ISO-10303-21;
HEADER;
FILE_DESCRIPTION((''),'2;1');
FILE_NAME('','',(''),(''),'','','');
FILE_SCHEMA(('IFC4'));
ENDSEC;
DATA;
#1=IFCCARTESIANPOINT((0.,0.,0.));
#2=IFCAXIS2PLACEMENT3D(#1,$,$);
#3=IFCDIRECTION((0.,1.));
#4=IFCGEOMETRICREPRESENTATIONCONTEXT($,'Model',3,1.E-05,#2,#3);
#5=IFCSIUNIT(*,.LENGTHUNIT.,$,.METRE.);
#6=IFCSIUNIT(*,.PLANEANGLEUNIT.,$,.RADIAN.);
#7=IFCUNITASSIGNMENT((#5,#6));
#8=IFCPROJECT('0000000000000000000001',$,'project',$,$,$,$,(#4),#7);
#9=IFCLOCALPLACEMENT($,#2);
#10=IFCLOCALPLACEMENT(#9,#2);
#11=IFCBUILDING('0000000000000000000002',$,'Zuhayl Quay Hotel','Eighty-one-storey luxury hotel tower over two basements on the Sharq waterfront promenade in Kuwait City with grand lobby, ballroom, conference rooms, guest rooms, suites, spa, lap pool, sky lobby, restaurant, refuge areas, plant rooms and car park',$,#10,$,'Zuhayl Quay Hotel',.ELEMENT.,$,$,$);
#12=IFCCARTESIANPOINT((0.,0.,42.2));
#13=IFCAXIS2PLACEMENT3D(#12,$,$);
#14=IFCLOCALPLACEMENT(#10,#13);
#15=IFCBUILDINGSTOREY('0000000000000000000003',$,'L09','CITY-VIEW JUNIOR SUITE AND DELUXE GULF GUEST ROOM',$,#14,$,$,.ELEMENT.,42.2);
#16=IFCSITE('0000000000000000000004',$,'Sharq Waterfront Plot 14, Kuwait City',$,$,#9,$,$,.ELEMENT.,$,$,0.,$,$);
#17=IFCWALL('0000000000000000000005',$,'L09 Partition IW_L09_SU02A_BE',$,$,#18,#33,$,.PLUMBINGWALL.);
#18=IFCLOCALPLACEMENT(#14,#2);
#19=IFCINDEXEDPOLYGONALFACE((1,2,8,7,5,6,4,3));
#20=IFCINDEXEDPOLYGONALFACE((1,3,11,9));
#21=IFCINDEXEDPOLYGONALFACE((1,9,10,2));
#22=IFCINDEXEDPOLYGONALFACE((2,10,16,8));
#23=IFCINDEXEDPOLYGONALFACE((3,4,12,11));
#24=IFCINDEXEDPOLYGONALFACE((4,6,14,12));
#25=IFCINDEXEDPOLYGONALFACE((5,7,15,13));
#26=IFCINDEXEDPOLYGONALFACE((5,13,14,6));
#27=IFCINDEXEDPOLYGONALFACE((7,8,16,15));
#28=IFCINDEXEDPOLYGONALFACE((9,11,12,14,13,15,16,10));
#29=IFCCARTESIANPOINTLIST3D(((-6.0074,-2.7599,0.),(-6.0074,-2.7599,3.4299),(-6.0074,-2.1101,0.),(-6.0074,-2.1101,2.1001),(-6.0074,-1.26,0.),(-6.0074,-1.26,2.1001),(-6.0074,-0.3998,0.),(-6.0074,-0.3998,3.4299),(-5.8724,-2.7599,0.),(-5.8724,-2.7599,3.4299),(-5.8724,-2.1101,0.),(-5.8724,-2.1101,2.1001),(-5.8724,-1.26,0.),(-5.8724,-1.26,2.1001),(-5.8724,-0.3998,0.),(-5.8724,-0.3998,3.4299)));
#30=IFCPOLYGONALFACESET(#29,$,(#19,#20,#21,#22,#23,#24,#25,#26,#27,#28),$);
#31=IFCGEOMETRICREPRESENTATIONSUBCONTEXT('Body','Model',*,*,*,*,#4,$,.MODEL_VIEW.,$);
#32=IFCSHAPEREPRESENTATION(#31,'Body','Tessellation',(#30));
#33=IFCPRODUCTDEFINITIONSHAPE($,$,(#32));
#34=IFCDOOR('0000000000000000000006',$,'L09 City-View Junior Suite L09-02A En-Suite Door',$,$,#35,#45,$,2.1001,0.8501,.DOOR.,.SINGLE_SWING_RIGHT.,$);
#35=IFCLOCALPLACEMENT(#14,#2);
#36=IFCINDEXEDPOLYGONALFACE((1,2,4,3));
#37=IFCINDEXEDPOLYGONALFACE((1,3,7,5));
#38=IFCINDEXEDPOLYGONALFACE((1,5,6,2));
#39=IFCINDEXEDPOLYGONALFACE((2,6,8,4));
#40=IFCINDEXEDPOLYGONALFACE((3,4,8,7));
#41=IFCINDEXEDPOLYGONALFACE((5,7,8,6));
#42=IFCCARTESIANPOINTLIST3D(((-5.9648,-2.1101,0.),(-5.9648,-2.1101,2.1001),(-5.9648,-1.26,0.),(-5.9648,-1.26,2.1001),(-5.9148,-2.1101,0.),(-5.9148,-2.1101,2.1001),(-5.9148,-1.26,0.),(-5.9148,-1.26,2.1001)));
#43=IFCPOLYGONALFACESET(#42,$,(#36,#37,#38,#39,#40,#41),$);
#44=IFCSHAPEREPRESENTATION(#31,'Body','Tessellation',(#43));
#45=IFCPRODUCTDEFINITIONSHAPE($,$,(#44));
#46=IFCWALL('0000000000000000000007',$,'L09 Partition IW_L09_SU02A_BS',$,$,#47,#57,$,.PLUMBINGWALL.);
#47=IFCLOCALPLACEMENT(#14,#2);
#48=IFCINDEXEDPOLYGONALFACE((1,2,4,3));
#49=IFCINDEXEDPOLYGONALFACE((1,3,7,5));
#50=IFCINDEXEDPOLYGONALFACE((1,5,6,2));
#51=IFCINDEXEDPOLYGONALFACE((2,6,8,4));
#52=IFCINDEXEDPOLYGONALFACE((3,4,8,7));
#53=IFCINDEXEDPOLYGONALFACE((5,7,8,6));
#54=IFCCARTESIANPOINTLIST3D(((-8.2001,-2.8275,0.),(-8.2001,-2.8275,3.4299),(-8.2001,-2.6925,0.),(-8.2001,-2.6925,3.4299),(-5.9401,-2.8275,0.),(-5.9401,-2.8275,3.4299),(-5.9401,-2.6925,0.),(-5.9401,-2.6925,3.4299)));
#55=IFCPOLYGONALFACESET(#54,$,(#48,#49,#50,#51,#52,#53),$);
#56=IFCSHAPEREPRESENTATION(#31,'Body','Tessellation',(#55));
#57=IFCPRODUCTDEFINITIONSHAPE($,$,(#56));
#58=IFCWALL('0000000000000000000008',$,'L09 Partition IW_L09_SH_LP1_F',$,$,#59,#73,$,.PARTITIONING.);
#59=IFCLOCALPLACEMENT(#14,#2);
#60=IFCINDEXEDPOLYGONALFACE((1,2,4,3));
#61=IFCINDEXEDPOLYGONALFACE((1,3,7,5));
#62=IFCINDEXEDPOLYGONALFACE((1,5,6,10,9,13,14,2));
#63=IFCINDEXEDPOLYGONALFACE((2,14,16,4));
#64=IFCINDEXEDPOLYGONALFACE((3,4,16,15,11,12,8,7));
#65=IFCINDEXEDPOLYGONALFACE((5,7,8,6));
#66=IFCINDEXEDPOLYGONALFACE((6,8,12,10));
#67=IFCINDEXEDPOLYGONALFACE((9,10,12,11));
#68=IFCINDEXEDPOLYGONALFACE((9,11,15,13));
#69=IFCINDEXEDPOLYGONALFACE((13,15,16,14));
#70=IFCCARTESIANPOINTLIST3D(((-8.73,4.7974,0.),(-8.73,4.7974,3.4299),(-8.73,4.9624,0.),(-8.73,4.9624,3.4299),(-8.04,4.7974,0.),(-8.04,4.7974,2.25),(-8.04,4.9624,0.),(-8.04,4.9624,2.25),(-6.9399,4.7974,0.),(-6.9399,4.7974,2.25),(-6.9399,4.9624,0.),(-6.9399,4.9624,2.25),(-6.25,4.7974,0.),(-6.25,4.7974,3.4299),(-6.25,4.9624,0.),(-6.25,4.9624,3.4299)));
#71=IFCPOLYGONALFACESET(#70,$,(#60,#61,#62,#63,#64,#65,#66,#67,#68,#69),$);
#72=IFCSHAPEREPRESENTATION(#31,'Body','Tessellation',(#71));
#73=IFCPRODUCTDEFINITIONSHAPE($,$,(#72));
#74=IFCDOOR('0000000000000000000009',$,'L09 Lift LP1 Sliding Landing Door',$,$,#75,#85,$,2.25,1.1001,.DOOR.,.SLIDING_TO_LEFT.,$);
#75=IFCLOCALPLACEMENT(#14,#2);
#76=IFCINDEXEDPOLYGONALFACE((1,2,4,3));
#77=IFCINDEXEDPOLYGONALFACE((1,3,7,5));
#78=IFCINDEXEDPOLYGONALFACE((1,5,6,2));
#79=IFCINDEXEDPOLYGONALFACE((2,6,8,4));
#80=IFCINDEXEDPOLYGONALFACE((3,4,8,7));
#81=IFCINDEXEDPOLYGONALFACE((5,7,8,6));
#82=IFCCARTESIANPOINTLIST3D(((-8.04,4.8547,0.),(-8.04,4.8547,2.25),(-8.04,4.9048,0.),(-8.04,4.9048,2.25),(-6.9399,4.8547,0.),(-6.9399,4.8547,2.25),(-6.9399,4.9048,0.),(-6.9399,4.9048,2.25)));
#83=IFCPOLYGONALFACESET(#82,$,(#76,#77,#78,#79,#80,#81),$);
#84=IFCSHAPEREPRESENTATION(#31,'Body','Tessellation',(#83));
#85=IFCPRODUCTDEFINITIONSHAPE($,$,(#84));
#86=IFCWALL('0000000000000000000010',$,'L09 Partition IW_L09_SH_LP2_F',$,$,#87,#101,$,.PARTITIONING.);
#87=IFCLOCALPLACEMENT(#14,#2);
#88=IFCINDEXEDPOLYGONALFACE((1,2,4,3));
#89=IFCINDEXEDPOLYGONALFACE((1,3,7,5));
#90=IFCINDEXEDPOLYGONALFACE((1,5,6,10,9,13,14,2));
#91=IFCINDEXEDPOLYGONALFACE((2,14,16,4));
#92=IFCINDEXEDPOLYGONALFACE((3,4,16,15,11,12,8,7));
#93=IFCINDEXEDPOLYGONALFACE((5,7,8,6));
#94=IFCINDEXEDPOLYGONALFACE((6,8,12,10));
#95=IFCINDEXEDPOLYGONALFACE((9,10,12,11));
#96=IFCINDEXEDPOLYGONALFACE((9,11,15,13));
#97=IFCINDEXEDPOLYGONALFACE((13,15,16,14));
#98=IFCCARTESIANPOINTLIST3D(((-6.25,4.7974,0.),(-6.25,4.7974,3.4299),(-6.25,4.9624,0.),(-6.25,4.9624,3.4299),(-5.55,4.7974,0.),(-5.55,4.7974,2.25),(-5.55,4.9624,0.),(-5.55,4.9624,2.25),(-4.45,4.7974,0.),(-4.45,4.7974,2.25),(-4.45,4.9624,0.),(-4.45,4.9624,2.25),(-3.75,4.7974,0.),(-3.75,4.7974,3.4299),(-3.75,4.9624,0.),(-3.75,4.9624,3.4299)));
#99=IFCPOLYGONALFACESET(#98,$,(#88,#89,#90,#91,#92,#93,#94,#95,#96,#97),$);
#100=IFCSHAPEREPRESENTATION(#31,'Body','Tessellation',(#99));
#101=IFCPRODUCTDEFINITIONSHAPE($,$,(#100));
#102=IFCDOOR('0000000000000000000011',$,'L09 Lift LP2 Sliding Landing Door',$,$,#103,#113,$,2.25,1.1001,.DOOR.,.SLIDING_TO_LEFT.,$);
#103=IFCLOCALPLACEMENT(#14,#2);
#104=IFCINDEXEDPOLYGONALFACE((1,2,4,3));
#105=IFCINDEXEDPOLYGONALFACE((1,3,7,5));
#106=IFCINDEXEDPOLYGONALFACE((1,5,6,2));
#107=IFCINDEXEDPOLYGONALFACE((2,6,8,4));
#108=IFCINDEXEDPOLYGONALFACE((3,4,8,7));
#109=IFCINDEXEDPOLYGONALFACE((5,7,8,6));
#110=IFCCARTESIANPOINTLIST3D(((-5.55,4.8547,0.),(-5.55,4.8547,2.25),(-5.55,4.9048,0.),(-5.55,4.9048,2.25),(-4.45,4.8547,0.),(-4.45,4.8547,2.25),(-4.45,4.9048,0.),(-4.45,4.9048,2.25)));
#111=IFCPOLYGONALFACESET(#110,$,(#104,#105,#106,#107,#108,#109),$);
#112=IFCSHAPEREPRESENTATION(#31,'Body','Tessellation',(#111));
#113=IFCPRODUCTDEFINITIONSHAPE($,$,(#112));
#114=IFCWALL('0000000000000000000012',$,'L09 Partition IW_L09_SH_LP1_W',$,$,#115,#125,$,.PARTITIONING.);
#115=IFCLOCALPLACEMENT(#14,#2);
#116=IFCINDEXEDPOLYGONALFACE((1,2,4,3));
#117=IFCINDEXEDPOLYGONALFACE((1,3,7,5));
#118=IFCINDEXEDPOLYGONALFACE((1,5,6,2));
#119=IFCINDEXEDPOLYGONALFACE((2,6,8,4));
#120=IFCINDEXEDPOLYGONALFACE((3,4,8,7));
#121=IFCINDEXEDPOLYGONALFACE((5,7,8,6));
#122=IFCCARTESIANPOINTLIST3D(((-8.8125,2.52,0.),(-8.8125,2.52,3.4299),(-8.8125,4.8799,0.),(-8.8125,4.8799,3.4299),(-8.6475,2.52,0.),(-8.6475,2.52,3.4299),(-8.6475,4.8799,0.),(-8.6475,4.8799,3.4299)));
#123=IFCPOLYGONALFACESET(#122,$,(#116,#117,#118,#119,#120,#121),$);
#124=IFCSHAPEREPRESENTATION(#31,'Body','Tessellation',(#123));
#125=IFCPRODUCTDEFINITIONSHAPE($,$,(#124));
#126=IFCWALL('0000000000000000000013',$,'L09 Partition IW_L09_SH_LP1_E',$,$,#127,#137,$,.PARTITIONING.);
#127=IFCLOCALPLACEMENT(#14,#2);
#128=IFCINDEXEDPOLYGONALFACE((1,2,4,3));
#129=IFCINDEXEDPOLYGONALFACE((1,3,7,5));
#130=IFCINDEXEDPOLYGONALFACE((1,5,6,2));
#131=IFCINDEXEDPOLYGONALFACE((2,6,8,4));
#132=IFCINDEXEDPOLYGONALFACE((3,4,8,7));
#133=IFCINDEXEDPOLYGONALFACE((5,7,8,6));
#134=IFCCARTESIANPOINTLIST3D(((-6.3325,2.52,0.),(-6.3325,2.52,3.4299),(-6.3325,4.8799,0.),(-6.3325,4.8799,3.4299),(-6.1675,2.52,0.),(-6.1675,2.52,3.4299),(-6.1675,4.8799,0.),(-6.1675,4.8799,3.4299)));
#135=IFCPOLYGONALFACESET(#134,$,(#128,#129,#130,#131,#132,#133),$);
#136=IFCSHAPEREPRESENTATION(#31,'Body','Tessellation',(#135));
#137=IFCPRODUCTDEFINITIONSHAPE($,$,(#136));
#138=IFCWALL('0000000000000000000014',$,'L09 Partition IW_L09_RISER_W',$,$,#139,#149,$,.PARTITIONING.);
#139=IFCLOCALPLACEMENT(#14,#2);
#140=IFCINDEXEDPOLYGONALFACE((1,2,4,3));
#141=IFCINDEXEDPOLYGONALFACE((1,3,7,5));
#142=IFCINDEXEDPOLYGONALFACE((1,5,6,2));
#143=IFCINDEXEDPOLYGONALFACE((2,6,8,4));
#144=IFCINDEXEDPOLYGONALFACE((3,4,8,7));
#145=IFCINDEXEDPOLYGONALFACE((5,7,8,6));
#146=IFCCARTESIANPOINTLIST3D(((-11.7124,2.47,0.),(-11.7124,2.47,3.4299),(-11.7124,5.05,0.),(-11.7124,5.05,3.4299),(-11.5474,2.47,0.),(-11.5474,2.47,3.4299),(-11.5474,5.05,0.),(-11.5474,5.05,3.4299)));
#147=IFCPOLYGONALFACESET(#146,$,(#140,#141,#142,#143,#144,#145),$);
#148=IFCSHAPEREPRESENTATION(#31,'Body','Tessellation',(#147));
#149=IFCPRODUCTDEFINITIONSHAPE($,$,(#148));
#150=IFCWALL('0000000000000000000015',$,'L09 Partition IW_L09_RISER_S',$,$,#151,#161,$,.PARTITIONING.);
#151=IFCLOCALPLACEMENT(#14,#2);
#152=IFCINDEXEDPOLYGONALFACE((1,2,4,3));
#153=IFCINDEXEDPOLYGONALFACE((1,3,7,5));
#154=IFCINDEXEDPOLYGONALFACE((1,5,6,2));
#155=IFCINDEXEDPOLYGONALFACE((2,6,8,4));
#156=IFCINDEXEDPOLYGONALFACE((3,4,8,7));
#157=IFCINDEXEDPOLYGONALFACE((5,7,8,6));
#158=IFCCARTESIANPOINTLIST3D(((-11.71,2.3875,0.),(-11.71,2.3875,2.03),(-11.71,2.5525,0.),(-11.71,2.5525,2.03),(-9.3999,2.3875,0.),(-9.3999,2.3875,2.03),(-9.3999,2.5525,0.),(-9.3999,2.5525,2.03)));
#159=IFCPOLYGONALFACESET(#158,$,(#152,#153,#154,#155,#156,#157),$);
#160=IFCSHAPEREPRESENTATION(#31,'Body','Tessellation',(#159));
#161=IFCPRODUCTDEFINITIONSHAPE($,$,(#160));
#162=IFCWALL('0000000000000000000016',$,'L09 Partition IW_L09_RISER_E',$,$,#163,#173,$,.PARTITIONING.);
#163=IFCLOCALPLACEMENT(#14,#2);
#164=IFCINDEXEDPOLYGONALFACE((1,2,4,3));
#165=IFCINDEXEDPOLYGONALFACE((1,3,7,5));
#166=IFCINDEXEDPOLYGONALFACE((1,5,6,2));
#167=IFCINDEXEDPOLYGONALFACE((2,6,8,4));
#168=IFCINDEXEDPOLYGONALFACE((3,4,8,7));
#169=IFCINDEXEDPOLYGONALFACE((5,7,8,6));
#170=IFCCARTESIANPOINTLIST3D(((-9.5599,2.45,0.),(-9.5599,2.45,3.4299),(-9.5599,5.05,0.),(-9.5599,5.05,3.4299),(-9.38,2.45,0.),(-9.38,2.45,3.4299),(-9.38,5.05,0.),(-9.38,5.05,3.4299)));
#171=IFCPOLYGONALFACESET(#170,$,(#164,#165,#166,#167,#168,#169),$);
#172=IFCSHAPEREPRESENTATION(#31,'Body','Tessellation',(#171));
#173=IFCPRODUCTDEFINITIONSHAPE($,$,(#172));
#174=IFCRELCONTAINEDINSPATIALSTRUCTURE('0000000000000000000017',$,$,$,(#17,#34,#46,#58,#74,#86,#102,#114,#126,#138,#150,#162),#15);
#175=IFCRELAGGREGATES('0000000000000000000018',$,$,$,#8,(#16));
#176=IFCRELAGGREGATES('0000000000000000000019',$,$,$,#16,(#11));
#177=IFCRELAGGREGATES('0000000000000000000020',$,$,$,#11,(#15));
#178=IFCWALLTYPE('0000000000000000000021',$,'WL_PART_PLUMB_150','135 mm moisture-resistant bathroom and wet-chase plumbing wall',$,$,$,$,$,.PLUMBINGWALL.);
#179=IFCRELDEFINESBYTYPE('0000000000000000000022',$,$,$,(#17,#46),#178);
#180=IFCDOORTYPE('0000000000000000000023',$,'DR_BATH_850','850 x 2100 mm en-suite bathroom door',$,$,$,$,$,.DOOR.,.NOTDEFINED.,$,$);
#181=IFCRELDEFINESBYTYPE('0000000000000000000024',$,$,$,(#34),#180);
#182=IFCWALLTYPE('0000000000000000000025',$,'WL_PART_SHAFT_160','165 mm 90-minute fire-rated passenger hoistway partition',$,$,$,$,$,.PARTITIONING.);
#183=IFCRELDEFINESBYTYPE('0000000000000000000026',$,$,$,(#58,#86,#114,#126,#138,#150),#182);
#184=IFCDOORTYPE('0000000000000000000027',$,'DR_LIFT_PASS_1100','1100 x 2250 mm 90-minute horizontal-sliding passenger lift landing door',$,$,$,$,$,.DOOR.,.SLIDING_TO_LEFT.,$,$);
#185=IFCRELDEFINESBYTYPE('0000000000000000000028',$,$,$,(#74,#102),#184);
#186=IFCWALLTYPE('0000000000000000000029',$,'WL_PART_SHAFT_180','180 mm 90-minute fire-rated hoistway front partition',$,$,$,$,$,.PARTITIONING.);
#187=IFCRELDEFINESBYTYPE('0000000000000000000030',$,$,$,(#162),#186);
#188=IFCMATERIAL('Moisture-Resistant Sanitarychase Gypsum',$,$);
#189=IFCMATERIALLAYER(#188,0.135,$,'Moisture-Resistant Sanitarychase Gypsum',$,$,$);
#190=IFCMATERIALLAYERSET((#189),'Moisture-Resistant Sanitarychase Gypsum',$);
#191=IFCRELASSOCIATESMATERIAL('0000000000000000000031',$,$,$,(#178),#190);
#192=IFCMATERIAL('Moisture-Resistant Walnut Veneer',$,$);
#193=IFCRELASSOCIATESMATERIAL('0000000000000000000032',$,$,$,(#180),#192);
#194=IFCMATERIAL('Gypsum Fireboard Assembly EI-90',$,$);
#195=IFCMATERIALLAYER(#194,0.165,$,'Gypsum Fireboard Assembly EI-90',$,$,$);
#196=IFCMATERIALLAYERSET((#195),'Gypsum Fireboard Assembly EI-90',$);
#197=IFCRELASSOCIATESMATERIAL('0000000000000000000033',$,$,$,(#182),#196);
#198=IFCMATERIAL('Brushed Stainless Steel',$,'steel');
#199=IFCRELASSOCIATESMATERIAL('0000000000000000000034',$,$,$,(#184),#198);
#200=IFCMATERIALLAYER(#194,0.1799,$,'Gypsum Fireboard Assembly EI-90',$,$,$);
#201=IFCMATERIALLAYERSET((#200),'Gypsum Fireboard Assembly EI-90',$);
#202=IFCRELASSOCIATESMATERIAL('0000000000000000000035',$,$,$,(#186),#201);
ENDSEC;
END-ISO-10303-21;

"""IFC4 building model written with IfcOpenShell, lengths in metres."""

from ifc_helpers import new_model, si_unit, direction, frame, frame_2d, origin, place, context, subcontext, project, spatial, rectangle, extrude, material, layer, layer_set, type_object, element, fill, save


model = new_model("IFC4")

# Units and contexts
model_context = context("Model", 3, precision=1e-05, world=origin(), true_north=direction((0.0, 1.0)))
body_context = subcontext(model_context, "Body", "Model", "MODEL_VIEW")
ifc_project = project(units=[si_unit("LENGTHUNIT", "METRE"), si_unit("PLANEANGLEUNIT", "RADIAN")], contexts=[model_context])

# Site, building, storey
site_placement = place(None, origin())
site = spatial("IfcSite", under=ifc_project, at=site_placement, Name="Sharq Waterfront Plot 14, Kuwait City", CompositionType="ELEMENT", RefElevation=0.0)
building_placement = place(site_placement, origin())
building = spatial("IfcBuilding", under=site, at=building_placement, Name="Zuhayl Quay Hotel", Description="Eighty-one-storey luxury hotel tower over two basements on the Sharq waterfront promenade in Kuwait City with grand lobby, ballroom, conference rooms, guest rooms, suites, spa, lap pool, sky lobby, restaurant, refuge areas, plant rooms and car park", LongName="Zuhayl Quay Hotel", CompositionType="ELEMENT")
storey_placement = place(building_placement, frame((0.0, 0.0, 42.2)))
storey = spatial("IfcBuildingStorey", under=building, at=storey_placement, Name="L09", Description="CITY-VIEW JUNIOR SUITE AND DELUXE GULF GUEST ROOM", CompositionType="ELEMENT", Elevation=42.2)

# Wall, opening, door
ifc_material_1 = material(Name="Moisture-Resistant Sanitarychase Gypsum")
ifc_layer_1 = layer(ifc_material_1, 0.135, Name="Moisture-Resistant Sanitarychase Gypsum")
ifc_layer_set_1 = layer_set([ifc_layer_1], Name="Moisture-Resistant Sanitarychase Gypsum")
wall_type_1 = type_object("IfcWallType", Name="WL_PART_PLUMB_150", Description="135 mm moisture-resistant bathroom and wet-chase plumbing wall", PredefinedType="PLUMBINGWALL", material=ifc_layer_set_1)
ifc_material_2 = material(Name="Moisture-Resistant Walnut Veneer")
door_type_1 = type_object("IfcDoorType", Name="DR_BATH_850", Description="850 x 2100 mm en-suite bathroom door", OperationType="NOTDEFINED", PredefinedType="DOOR", material=ifc_material_2)
wall_1_placement = place(storey_placement, frame((-5.9399, -2.76, 0.0), z_axis=(0.0, 0.0, 1.0), x_axis=(0.0, 1.0, 0.0)))
wall_1 = element("IfcWall", 1, at=wall_1_placement, inside=storey, type_object=wall_type_1, Name="L09 Partition IW_L09_SU02A_BE", PredefinedType="PLUMBINGWALL", context=body_context, shape_type="SweptSolid", body=[
    extrude(rectangle(XDim=2.3601, YDim=0.135, at=frame_2d((1.1802, 0.0))), origin(), (0.0, 0.0, 1.0), 3.4299),
])
opening_1_placement = place(wall_1_placement, frame((0.6499, 0.0, 0.0)))
opening_1 = element("IfcOpeningElement", 2, at=opening_1_placement, cuts=wall_1, PredefinedType="OPENING", context=body_context, shape_type="SweptSolid", body=[
    extrude(rectangle(XDim=0.8501, YDim=2.1001, at=frame_2d((0.425, 1.05))), frame((0.0, 0.0774, 0.0), z_axis=(0.0, -1.0, 0.0), x_axis=(1.0, 0.0, 0.0)), (0.0, 0.0, 1.0), 0.155),
])
door_1_placement = place(opening_1_placement, origin())
door_1 = element("IfcDoor", 3, at=door_1_placement, inside=storey, type_object=door_type_1, Name="L09 City-View Junior Suite L09-02A En-Suite Door", OperationType="SINGLE_SWING_RIGHT", OverallHeight=2.1001, OverallWidth=0.8501, PredefinedType="DOOR", context=body_context, shape_type="SweptSolid", body=[
    extrude(rectangle(XDim=0.8501, YDim=2.1001, at=frame_2d((0.425, 1.05))), frame((0.0, 0.0249, 0.0), z_axis=(0.0, -1.0, 0.0), x_axis=(1.0, 0.0, 0.0)), (0.0, 0.0, 1.0), 0.05),
])
fill(opening_1, door_1)

# Wall
wall_2_placement = place(storey_placement, frame((-8.2, -2.76, 0.0), z_axis=(0.0, 0.0, 1.0), x_axis=(1.0, 0.0, 0.0)))
element("IfcWall", 4, at=wall_2_placement, inside=storey, type_object=wall_type_1, Name="L09 Partition IW_L09_SU02A_BS", PredefinedType="PLUMBINGWALL", context=body_context, shape_type="SweptSolid", body=[
    extrude(rectangle(XDim=2.26, YDim=0.135, at=frame_2d((1.1299, 0.0))), origin(), (0.0, 0.0, 1.0), 3.4299),
])

# Walls, openings, doors
ifc_material_3 = material(Name="Gypsum Fireboard Assembly EI-90")
ifc_layer_2 = layer(ifc_material_3, 0.165, Name="Gypsum Fireboard Assembly EI-90")
ifc_layer_set_2 = layer_set([ifc_layer_2], Name="Gypsum Fireboard Assembly EI-90")
wall_type_2 = type_object("IfcWallType", Name="WL_PART_SHAFT_160", Description="165 mm 90-minute fire-rated passenger hoistway partition", PredefinedType="PARTITIONING", material=ifc_layer_set_2)
wall_3_placement = place(storey_placement, frame((-8.73, 4.8799, 0.0), z_axis=(0.0, 0.0, 1.0), x_axis=(1.0, 0.0, 0.0)))
wall_3 = element("IfcWall", 5, at=wall_3_placement, inside=storey, type_object=wall_type_2, Name="L09 Partition IW_L09_SH_LP1_F", PredefinedType="PARTITIONING", context=body_context, shape_type="SweptSolid", body=[
    extrude(rectangle(XDim=2.48, YDim=0.165, at=frame_2d((1.24, 0.0))), origin(), (0.0, 0.0, 1.0), 3.4299),
])
opening_2_placement = place(wall_3_placement, frame((0.6899, 0.0, 0.0)))
opening_2 = element("IfcOpeningElement", 6, at=opening_2_placement, cuts=wall_3, PredefinedType="OPENING", context=body_context, shape_type="SweptSolid", body=[
    extrude(rectangle(XDim=1.1001, YDim=2.25, at=frame_2d((0.55, 1.125))), frame((0.0, 0.0925, 0.0), z_axis=(0.0, -1.0, 0.0), x_axis=(1.0, 0.0, 0.0)), (0.0, 0.0, 1.0), 0.1851),
])
ifc_material_4 = material(Name="Brushed Stainless Steel", Category="steel")
door_type_2 = type_object("IfcDoorType", Name="DR_LIFT_PASS_1100", Description="1100 x 2250 mm 90-minute horizontal-sliding passenger lift landing door", OperationType="SLIDING_TO_LEFT", PredefinedType="DOOR", material=ifc_material_4)
door_2_placement = place(opening_2_placement, origin())
door_2 = element("IfcDoor", 7, at=door_2_placement, inside=storey, type_object=door_type_2, Name="L09 Lift LP1 Sliding Landing Door", OperationType="SLIDING_TO_LEFT", OverallHeight=2.25, OverallWidth=1.1001, PredefinedType="DOOR", context=body_context, shape_type="SweptSolid", body=[
    extrude(rectangle(XDim=1.1001, YDim=2.25, at=frame_2d((0.55, 1.125))), frame((0.0, 0.0249, 0.0), z_axis=(0.0, -1.0, 0.0), x_axis=(1.0, 0.0, 0.0)), (0.0, 0.0, 1.0), 0.05),
])
fill(opening_2, door_2)
wall_4_placement = place(storey_placement, frame((-6.25, 4.8799, 0.0), z_axis=(0.0, 0.0, 1.0), x_axis=(1.0, 0.0, 0.0)))
wall_4 = element("IfcWall", 8, at=wall_4_placement, inside=storey, type_object=wall_type_2, Name="L09 Partition IW_L09_SH_LP2_F", PredefinedType="PARTITIONING", context=body_context, shape_type="SweptSolid", body=[
    extrude(rectangle(XDim=2.5, YDim=0.165, at=frame_2d((1.25, 0.0))), origin(), (0.0, 0.0, 1.0), 3.4299),
])
opening_3_placement = place(wall_4_placement, frame((0.7, 0.0, 0.0)))
opening_3 = element("IfcOpeningElement", 9, at=opening_3_placement, cuts=wall_4, PredefinedType="OPENING", context=body_context, shape_type="SweptSolid", body=[
    extrude(rectangle(XDim=1.1001, YDim=2.25, at=frame_2d((0.55, 1.125))), frame((0.0, 0.0925, 0.0), z_axis=(0.0, -1.0, 0.0), x_axis=(1.0, 0.0, 0.0)), (0.0, 0.0, 1.0), 0.1851),
])
door_3_placement = place(opening_3_placement, origin())
door_3 = element("IfcDoor", 10, at=door_3_placement, inside=storey, type_object=door_type_2, Name="L09 Lift LP2 Sliding Landing Door", OperationType="SLIDING_TO_LEFT", OverallHeight=2.25, OverallWidth=1.1001, PredefinedType="DOOR", context=body_context, shape_type="SweptSolid", body=[
    extrude(rectangle(XDim=1.1001, YDim=2.25, at=frame_2d((0.55, 1.125))), frame((0.0, 0.0249, 0.0), z_axis=(0.0, -1.0, 0.0), x_axis=(1.0, 0.0, 0.0)), (0.0, 0.0, 1.0), 0.05),
])
fill(opening_3, door_3)

# Walls
for number, where, z_axis, x_axis, name in (
    (11, (-8.73, 2.52, 0.0), (0.0, 0.0, 1.0), (0.0, 1.0, 0.0), "L09 Partition IW_L09_SH_LP1_W"),
    (12, (-6.25, 2.52, 0.0), (0.0, 0.0, 1.0), (0.0, 1.0, 0.0), "L09 Partition IW_L09_SH_LP1_E"),
):
    element("IfcWall", number, at=place(storey_placement, frame(where, z_axis=z_axis, x_axis=x_axis)), inside=storey, type_object=wall_type_2, Name=name, PredefinedType="PARTITIONING", context=body_context, shape_type="SweptSolid", body=[
        extrude(rectangle(XDim=2.3599, YDim=0.165, at=frame_2d((1.1799, 0.0))), origin(), (0.0, 0.0, 1.0), 3.4299),
    ])
wall_5_placement = place(storey_placement, frame((-11.6299, 2.47, 0.0), z_axis=(0.0, 0.0, 1.0), x_axis=(0.0, 1.0, 0.0)))
element("IfcWall", 13, at=wall_5_placement, inside=storey, type_object=wall_type_2, Name="L09 Partition IW_L09_RISER_W", PredefinedType="PARTITIONING", context=body_context, shape_type="SweptSolid", body=[
    extrude(rectangle(XDim=2.5801, YDim=0.165, at=frame_2d((1.29, 0.0))), origin(), (0.0, 0.0, 1.0), 3.4299),
])
wall_6_placement = place(storey_placement, frame((-11.71, 2.47, 0.0), z_axis=(0.0, 0.0, 1.0), x_axis=(1.0, 0.0, 0.0)))
element("IfcWall", 14, at=wall_6_placement, inside=storey, type_object=wall_type_2, Name="L09 Partition IW_L09_RISER_S", PredefinedType="PARTITIONING", context=body_context, shape_type="SweptSolid", body=[
    extrude(rectangle(XDim=2.3101, YDim=0.165, at=frame_2d((1.155, 0.0))), origin(), (0.0, 0.0, 1.0), 2.03),
])
ifc_layer_3 = layer(ifc_material_3, 0.1799, Name="Gypsum Fireboard Assembly EI-90")
ifc_layer_set_3 = layer_set([ifc_layer_3], Name="Gypsum Fireboard Assembly EI-90")
wall_type_3 = type_object("IfcWallType", Name="WL_PART_SHAFT_180", Description="180 mm 90-minute fire-rated hoistway front partition", PredefinedType="PARTITIONING", material=ifc_layer_set_3)
wall_7_placement = place(storey_placement, frame((-9.47, 2.45, 0.0), z_axis=(0.0, 0.0, 1.0), x_axis=(0.0, 1.0, 0.0)))
element("IfcWall", 15, at=wall_7_placement, inside=storey, type_object=wall_type_3, Name="L09 Partition IW_L09_RISER_E", PredefinedType="PARTITIONING", context=body_context, shape_type="SweptSolid", body=[
    extrude(rectangle(XDim=2.6001, YDim=0.1799, at=frame_2d((1.3, 0.0))), origin(), (0.0, 0.0, 1.0), 3.4299),
])

save(model, "model.ifc")
